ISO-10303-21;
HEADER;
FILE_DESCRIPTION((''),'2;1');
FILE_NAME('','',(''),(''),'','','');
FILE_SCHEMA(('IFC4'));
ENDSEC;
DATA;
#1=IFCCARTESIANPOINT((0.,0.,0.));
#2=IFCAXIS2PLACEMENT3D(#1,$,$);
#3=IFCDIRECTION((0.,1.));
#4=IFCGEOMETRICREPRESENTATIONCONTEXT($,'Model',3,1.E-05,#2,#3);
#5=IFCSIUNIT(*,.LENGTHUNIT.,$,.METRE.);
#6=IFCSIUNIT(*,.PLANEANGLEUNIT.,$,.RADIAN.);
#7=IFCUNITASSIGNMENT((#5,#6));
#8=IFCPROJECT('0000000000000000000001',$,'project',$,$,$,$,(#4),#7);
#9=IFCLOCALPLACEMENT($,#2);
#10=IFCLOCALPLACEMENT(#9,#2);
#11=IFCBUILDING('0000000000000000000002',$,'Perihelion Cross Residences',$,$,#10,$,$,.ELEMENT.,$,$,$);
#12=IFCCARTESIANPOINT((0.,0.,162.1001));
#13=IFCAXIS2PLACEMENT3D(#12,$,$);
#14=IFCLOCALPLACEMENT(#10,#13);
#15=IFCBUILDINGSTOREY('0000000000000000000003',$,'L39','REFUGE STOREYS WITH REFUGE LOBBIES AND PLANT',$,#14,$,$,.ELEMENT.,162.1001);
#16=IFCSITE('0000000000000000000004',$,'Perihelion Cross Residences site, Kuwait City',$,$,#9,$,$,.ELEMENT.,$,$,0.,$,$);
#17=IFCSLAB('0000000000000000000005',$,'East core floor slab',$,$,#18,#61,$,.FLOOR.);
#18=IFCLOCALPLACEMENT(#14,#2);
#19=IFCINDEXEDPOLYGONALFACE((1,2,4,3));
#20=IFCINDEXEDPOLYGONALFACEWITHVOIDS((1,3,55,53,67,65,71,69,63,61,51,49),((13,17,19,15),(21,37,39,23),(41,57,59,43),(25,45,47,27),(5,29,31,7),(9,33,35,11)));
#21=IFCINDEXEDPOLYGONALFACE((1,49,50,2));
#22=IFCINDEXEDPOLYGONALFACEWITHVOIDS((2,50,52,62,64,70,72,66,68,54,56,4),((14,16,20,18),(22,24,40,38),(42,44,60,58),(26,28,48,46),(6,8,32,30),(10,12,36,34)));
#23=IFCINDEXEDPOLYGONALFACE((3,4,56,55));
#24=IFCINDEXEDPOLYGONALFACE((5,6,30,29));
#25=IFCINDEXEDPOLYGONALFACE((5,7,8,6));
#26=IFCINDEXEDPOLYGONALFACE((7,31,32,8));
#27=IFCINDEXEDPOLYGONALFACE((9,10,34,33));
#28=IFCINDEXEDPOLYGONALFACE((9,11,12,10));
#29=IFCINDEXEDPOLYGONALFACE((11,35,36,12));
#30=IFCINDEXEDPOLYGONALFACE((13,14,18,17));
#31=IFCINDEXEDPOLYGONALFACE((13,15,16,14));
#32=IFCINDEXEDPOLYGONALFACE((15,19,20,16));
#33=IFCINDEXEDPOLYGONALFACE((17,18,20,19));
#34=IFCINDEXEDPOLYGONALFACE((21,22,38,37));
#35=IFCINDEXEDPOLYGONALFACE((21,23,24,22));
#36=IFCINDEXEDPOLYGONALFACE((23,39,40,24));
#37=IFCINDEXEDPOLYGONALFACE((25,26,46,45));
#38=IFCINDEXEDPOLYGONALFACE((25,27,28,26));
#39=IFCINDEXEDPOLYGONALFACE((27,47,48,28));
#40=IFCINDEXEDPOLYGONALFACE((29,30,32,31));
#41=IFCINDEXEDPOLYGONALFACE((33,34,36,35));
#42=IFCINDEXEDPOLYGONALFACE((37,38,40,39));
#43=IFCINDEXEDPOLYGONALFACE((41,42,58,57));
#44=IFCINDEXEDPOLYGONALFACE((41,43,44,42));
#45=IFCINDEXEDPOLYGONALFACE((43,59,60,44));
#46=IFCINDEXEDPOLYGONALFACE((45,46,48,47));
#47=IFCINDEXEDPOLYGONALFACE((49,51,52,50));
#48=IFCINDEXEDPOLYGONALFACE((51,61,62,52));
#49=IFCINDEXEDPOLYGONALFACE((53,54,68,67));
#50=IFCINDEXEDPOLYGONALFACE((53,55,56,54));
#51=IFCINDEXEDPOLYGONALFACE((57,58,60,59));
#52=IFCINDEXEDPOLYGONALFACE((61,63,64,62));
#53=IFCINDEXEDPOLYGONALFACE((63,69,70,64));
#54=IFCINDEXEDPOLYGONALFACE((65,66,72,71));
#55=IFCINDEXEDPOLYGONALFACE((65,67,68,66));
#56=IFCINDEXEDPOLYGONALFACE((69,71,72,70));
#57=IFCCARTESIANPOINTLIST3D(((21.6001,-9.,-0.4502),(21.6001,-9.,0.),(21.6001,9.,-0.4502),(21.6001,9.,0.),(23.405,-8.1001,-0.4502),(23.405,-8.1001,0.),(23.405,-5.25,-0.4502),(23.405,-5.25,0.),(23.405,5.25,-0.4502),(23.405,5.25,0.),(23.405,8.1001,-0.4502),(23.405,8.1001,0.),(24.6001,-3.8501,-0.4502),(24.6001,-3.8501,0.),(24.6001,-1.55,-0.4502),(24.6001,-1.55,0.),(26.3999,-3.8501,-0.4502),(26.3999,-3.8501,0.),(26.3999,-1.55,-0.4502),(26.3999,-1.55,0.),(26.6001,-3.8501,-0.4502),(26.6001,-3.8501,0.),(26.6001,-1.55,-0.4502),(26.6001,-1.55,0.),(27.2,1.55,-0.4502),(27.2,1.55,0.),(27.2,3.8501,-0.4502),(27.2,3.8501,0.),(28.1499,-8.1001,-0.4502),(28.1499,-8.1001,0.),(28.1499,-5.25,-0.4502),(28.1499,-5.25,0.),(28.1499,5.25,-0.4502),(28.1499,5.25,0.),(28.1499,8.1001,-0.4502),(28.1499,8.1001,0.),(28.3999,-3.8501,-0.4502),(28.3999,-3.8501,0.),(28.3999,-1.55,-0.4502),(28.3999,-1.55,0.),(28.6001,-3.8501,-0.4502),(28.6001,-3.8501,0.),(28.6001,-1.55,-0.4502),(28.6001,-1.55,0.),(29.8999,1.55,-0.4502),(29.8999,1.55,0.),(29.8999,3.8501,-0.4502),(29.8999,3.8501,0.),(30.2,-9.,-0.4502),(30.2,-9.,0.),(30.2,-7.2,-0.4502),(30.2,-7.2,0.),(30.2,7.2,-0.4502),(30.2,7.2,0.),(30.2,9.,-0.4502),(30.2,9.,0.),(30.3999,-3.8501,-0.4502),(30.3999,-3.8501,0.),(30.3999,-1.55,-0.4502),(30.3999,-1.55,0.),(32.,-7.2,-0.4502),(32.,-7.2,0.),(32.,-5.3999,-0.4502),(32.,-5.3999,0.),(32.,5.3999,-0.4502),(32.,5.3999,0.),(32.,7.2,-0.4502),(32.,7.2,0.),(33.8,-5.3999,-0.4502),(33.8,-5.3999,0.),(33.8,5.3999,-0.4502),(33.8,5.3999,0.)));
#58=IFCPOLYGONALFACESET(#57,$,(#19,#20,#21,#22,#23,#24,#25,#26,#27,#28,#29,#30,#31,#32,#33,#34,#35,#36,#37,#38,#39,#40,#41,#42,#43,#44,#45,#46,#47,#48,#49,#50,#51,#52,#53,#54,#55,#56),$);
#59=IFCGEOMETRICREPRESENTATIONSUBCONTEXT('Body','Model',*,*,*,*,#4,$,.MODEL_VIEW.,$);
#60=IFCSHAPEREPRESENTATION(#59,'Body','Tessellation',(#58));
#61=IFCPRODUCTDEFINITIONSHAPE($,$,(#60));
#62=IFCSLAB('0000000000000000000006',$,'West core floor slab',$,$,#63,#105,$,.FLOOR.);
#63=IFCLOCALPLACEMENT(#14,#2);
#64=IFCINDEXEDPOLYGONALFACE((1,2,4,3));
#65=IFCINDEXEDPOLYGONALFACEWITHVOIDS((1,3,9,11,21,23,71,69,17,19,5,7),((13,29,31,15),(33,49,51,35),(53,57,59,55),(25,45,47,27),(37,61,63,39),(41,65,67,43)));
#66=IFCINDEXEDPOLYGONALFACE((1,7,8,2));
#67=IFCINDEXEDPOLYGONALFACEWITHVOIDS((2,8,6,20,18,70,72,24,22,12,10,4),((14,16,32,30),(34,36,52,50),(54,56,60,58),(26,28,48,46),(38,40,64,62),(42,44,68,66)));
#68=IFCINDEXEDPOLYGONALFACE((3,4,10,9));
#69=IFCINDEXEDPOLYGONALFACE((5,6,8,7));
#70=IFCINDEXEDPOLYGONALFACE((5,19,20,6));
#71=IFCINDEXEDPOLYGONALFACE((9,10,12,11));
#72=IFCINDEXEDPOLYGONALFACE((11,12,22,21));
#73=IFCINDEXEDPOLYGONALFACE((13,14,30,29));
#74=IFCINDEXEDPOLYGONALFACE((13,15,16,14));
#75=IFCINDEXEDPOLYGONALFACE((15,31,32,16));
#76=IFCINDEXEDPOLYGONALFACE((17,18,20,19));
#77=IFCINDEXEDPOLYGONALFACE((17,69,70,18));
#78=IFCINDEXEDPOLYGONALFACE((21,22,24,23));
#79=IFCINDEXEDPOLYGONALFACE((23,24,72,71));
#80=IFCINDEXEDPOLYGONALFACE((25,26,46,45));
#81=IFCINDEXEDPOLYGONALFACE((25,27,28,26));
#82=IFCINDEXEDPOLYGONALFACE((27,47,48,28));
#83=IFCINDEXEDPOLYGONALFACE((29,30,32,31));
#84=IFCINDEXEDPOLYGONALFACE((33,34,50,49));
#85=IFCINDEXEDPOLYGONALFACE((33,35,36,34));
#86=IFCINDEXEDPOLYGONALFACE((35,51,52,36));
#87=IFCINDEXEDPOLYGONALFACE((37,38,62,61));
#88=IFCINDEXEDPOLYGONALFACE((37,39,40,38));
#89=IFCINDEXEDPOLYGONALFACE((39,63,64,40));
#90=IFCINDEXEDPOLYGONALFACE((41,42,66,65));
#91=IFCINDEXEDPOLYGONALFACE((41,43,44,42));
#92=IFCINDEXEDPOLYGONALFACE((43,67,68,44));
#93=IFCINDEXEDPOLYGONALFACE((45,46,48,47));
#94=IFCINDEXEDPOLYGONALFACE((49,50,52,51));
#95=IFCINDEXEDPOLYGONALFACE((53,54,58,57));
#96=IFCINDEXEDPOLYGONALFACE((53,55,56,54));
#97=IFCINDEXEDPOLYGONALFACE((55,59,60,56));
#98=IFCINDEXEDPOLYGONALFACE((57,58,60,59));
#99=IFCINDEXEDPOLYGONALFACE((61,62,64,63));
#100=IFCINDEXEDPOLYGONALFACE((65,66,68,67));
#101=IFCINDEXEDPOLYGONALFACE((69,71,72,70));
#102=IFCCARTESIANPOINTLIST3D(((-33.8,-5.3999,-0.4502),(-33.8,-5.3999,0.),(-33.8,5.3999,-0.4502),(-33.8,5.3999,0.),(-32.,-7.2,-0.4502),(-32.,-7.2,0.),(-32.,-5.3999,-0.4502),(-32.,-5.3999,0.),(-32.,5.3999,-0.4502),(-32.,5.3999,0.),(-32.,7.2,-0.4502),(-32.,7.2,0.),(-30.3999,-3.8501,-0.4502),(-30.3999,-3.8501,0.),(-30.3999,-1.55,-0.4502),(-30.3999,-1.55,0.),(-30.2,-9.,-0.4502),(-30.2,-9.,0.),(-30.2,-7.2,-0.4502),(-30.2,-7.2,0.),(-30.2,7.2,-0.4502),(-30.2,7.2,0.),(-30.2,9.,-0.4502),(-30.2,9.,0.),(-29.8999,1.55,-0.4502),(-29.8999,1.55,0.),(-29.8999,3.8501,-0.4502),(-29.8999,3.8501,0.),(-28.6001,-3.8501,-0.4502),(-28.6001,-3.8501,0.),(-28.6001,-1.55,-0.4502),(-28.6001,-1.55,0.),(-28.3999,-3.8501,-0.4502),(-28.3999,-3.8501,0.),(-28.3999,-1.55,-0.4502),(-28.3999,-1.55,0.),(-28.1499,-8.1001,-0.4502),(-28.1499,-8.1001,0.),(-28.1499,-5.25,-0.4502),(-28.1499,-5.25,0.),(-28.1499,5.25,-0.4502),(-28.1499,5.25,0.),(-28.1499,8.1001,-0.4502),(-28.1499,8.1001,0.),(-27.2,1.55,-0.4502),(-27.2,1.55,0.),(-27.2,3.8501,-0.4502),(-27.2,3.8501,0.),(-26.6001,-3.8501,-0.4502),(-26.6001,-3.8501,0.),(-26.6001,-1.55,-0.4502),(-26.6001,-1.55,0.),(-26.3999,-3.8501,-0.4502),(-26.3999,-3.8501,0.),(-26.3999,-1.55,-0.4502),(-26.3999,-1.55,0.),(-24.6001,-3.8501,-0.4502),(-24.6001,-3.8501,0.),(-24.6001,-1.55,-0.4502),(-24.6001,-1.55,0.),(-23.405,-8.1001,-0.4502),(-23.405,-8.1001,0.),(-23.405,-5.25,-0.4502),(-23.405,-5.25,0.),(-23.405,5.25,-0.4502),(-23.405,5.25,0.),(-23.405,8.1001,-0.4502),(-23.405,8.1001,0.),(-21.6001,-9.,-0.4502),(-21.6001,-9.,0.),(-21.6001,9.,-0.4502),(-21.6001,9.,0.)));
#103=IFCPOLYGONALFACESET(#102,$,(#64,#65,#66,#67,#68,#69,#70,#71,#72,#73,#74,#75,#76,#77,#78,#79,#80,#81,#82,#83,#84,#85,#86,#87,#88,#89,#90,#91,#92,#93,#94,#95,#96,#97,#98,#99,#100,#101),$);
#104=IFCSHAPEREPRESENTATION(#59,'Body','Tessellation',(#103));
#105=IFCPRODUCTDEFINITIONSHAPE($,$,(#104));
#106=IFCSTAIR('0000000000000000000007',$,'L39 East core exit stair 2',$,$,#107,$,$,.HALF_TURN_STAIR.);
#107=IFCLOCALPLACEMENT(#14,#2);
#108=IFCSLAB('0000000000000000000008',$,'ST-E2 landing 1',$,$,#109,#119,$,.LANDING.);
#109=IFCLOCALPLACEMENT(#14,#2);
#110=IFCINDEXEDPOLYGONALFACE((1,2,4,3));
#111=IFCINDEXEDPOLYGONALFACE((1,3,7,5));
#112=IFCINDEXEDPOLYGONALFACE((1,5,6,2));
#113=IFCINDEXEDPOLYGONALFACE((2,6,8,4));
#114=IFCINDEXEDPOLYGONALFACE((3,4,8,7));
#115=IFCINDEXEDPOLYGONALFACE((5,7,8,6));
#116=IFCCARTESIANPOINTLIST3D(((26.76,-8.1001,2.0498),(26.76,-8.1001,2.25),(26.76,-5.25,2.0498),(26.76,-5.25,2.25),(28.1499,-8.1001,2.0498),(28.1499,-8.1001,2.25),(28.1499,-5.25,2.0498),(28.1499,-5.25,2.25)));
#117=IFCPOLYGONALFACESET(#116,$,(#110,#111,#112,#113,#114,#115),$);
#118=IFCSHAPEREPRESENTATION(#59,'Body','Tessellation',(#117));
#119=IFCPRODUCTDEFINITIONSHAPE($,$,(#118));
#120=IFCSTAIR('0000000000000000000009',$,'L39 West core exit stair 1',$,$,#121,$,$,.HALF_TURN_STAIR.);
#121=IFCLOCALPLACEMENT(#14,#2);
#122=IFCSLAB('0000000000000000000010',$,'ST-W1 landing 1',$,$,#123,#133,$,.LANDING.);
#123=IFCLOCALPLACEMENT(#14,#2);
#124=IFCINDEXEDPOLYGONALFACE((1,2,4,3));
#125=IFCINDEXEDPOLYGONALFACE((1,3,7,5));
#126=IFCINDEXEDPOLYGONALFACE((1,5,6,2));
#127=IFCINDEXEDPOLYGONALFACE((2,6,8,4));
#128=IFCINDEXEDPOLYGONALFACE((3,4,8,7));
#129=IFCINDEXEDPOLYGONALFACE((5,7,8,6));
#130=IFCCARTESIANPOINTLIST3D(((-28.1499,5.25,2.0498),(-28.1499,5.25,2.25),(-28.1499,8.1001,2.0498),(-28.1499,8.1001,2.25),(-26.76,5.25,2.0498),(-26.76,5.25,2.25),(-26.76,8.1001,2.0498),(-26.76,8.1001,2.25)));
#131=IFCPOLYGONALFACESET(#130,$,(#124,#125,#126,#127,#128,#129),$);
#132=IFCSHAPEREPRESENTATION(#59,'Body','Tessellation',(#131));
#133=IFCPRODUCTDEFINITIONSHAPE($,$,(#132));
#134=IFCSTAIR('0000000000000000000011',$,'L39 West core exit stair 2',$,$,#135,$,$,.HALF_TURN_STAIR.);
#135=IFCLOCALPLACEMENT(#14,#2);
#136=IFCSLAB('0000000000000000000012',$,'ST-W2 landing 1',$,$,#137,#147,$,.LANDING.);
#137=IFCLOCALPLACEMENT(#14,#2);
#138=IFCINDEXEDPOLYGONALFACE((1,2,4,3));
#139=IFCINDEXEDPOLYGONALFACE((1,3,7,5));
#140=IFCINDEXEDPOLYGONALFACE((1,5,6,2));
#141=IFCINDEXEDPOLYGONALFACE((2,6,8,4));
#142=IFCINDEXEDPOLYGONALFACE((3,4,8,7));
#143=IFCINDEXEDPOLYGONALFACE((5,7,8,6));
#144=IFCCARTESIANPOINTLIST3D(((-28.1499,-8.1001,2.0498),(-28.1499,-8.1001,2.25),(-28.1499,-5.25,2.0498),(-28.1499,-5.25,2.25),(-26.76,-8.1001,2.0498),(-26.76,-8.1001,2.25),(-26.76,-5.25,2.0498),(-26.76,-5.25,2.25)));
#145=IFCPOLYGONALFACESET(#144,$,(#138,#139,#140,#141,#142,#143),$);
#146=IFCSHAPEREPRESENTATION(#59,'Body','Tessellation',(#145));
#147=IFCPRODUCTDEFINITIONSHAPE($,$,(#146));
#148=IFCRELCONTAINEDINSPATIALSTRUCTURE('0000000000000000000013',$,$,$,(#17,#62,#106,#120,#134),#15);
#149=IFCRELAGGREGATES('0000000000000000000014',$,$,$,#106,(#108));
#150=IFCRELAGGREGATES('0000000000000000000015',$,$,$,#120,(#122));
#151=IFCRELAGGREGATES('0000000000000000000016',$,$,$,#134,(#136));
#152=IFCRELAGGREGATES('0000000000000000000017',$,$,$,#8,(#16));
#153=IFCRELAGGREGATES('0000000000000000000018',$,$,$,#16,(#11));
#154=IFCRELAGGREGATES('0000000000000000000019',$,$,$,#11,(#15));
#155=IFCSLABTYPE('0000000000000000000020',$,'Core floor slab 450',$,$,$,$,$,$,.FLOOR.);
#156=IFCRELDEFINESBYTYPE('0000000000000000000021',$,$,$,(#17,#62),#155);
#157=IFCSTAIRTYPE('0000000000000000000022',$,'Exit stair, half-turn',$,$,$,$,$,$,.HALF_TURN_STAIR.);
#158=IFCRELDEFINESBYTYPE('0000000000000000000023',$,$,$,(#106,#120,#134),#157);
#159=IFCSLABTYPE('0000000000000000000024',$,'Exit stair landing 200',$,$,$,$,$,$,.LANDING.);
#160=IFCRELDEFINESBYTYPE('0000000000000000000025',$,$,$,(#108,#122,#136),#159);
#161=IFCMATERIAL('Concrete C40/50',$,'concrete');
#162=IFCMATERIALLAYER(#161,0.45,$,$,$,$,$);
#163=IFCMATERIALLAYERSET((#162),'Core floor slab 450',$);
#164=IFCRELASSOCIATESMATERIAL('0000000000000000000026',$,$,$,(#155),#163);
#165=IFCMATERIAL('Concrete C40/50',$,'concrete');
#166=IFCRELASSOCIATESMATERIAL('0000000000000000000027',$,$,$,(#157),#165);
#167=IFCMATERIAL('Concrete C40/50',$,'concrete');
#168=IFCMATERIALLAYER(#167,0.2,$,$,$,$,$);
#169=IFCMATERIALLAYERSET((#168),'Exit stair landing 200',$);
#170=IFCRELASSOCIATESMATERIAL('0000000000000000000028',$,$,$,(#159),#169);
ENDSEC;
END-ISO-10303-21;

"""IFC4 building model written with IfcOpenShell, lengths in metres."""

from ifc_helpers import new_model, si_unit, direction, frame, origin, place, context, subcontext, project, spatial, polyline, outline, extrude, material, layer, layer_set, type_object, element, aggregate, save


model = new_model("IFC4")

# Units and contexts
model_context = context("Model", 3, precision=1e-05, world=origin(), true_north=direction((0.0, 1.0)))
body_context = subcontext(model_context, "Body", "Model", "MODEL_VIEW")
ifc_project = project(units=[si_unit("LENGTHUNIT", "METRE"), si_unit("PLANEANGLEUNIT", "RADIAN")], contexts=[model_context])

# Site, building, storey
site_placement = place(None, origin())
site = spatial("IfcSite", under=ifc_project, at=site_placement, Name="Perihelion Cross Residences site, Kuwait City", CompositionType="ELEMENT", RefElevation=0.0)
building_placement = place(site_placement, origin())
building = spatial("IfcBuilding", under=site, at=building_placement, Name="Perihelion Cross Residences", CompositionType="ELEMENT")
storey_placement = place(building_placement, frame((0.0, 0.0, 162.1001)))
storey = spatial("IfcBuildingStorey", under=building, at=storey_placement, Name="L39", Description="REFUGE STOREYS WITH REFUGE LOBBIES AND PLANT", CompositionType="ELEMENT", Elevation=162.1001)

# Slabs
ifc_material_1 = material(Name="Concrete C40/50", Category="concrete")
ifc_layer_1 = layer(ifc_material_1, 0.45)
ifc_layer_set_1 = layer_set([ifc_layer_1], Name="Core floor slab 450")
slab_type_1 = type_object("IfcSlabType", Name="Core floor slab 450", PredefinedType="FLOOR", material=ifc_layer_set_1)
slab_1_placement = place(storey_placement, frame((0.0, 0.0, -0.4502)))
element("IfcSlab", 1, at=slab_1_placement, inside=storey, type_object=slab_type_1, Name="East core floor slab", PredefinedType="FLOOR", context=body_context, shape_type="SweptSolid", body=[
    extrude(outline(polyline([(30.2, 7.2), (32.0, 7.2), (32.0, 5.3999), (33.8, 5.3999), (33.8, -5.3999), (32.0, -5.3999), (32.0, -7.2), (30.2, -7.2), (30.2, -9.0), (21.6001, -9.0), (21.6001, 9.0), (30.2, 9.0), (30.2, 7.2)]), holes=[polyline([(28.1499, -8.1001), (28.1499, -5.25), (23.405, -5.25), (23.405, -8.1001), (28.1499, -8.1001)]), polyline([(24.6001, -1.55), (24.6001, -3.8501), (26.3999, -3.8501), (26.3999, -1.55), (24.6001, -1.55)]), polyline([(26.6001, -1.55), (26.6001, -3.8501), (28.3999, -3.8501), (28.3999, -1.55), (26.6001, -1.55)]), polyline([(28.6001, -3.8501), (30.3999, -3.8501), (30.3999, -1.55), (28.6001, -1.55), (28.6001, -3.8501)]), polyline([(27.2, 3.8501), (27.2, 1.55), (29.8999, 1.55), (29.8999, 3.8501), (27.2, 3.8501)]), polyline([(23.405, 5.25), (28.1499, 5.25), (28.1499, 8.1001), (23.405, 8.1001), (23.405, 5.25)])]), origin(), (0.0, 0.0, 1.0), 0.4502),
])
slab_2_placement = place(storey_placement, frame((0.0, 0.0, -0.4502)))
element("IfcSlab", 2, at=slab_2_placement, inside=storey, type_object=slab_type_1, Name="West core floor slab", PredefinedType="FLOOR", context=body_context, shape_type="SweptSolid", body=[
    extrude(outline(polyline([(-30.2, 7.2), (-32.0, 7.2), (-32.0, 5.3999), (-33.8, 5.3999), (-33.8, -5.3999), (-32.0, -5.3999), (-32.0, -7.2), (-30.2, -7.2), (-30.2, -9.0), (-21.6001, -9.0), (-21.6001, 9.0), (-30.2, 9.0), (-30.2, 7.2)]), holes=[polyline([(-28.1499, -8.1001), (-28.1499, -5.25), (-23.405, -5.25), (-23.405, -8.1001), (-28.1499, -8.1001)]), polyline([(-24.6001, -1.55), (-24.6001, -3.8501), (-26.3999, -3.8501), (-26.3999, -1.55), (-24.6001, -1.55)]), polyline([(-26.6001, -1.55), (-26.6001, -3.8501), (-28.3999, -3.8501), (-28.3999, -1.55), (-26.6001, -1.55)]), polyline([(-28.6001, -3.8501), (-30.3999, -3.8501), (-30.3999, -1.55), (-28.6001, -1.55), (-28.6001, -3.8501)]), polyline([(-27.2, 3.8501), (-27.2, 1.55), (-29.8999, 1.55), (-29.8999, 3.8501), (-27.2, 3.8501)]), polyline([(-23.405, 5.25), (-28.1499, 5.25), (-28.1499, 8.1001), (-23.405, 8.1001), (-23.405, 5.25)])]), origin(), (0.0, 0.0, 1.0), 0.4502),
])

# Stairs, slabs
ifc_material_2 = material(Name="Concrete C40/50", Category="concrete")
stair_type = type_object("IfcStairType", Name="Exit stair, half-turn", PredefinedType="HALF_TURN_STAIR", material=ifc_material_2)
stair_1_placement = place(storey_placement, origin())
stair_1 = element("IfcStair", 3, at=stair_1_placement, inside=storey, type_object=stair_type, Name="L39 East core exit stair 2", PredefinedType="HALF_TURN_STAIR")
ifc_material_3 = material(Name="Concrete C40/50", Category="concrete")
ifc_layer_2 = layer(ifc_material_3, 0.2)
ifc_layer_set_2 = layer_set([ifc_layer_2], Name="Exit stair landing 200")
slab_type_2 = type_object("IfcSlabType", Name="Exit stair landing 200", PredefinedType="LANDING", material=ifc_layer_set_2)
slab_3_placement = place(storey_placement, frame((0.0, 0.0, 2.0498)))
slab_3 = element("IfcSlab", 4, at=slab_3_placement, type_object=slab_type_2, Name="ST-E2 landing 1", PredefinedType="LANDING", context=body_context, shape_type="SweptSolid", body=[
    extrude(outline(polyline([(26.76, -8.1001), (28.1499, -8.1001), (28.1499, -5.25), (26.76, -5.25), (26.76, -8.1001)])), origin(), (0.0, 0.0, 1.0), 0.2002),
])
aggregate(stair_1, [slab_3])
stair_2_placement = place(storey_placement, origin())
stair_2 = element("IfcStair", 5, at=stair_2_placement, inside=storey, type_object=stair_type, Name="L39 West core exit stair 1", PredefinedType="HALF_TURN_STAIR")
slab_4_placement = place(storey_placement, frame((0.0, 0.0, 2.0498)))
slab_4 = element("IfcSlab", 6, at=slab_4_placement, type_object=slab_type_2, Name="ST-W1 landing 1", PredefinedType="LANDING", context=body_context, shape_type="SweptSolid", body=[
    extrude(outline(polyline([(-26.76, 8.1001), (-28.1499, 8.1001), (-28.1499, 5.25), (-26.76, 5.25), (-26.76, 8.1001)])), origin(), (0.0, 0.0, 1.0), 0.2002),
])
aggregate(stair_2, [slab_4])
stair_3_placement = place(storey_placement, origin())
stair_3 = element("IfcStair", 7, at=stair_3_placement, inside=storey, type_object=stair_type, Name="L39 West core exit stair 2", PredefinedType="HALF_TURN_STAIR")
slab_5_placement = place(storey_placement, frame((0.0, 0.0, 2.0498)))
slab_5 = element("IfcSlab", 8, at=slab_5_placement, type_object=slab_type_2, Name="ST-W2 landing 1", PredefinedType="LANDING", context=body_context, shape_type="SweptSolid", body=[
    extrude(outline(polyline([(-26.76, -5.25), (-28.1499, -5.25), (-28.1499, -8.1001), (-26.76, -8.1001), (-26.76, -5.25)])), origin(), (0.0, 0.0, 1.0), 0.2002),
])
aggregate(stair_3, [slab_5])

save(model, "model.ifc")
